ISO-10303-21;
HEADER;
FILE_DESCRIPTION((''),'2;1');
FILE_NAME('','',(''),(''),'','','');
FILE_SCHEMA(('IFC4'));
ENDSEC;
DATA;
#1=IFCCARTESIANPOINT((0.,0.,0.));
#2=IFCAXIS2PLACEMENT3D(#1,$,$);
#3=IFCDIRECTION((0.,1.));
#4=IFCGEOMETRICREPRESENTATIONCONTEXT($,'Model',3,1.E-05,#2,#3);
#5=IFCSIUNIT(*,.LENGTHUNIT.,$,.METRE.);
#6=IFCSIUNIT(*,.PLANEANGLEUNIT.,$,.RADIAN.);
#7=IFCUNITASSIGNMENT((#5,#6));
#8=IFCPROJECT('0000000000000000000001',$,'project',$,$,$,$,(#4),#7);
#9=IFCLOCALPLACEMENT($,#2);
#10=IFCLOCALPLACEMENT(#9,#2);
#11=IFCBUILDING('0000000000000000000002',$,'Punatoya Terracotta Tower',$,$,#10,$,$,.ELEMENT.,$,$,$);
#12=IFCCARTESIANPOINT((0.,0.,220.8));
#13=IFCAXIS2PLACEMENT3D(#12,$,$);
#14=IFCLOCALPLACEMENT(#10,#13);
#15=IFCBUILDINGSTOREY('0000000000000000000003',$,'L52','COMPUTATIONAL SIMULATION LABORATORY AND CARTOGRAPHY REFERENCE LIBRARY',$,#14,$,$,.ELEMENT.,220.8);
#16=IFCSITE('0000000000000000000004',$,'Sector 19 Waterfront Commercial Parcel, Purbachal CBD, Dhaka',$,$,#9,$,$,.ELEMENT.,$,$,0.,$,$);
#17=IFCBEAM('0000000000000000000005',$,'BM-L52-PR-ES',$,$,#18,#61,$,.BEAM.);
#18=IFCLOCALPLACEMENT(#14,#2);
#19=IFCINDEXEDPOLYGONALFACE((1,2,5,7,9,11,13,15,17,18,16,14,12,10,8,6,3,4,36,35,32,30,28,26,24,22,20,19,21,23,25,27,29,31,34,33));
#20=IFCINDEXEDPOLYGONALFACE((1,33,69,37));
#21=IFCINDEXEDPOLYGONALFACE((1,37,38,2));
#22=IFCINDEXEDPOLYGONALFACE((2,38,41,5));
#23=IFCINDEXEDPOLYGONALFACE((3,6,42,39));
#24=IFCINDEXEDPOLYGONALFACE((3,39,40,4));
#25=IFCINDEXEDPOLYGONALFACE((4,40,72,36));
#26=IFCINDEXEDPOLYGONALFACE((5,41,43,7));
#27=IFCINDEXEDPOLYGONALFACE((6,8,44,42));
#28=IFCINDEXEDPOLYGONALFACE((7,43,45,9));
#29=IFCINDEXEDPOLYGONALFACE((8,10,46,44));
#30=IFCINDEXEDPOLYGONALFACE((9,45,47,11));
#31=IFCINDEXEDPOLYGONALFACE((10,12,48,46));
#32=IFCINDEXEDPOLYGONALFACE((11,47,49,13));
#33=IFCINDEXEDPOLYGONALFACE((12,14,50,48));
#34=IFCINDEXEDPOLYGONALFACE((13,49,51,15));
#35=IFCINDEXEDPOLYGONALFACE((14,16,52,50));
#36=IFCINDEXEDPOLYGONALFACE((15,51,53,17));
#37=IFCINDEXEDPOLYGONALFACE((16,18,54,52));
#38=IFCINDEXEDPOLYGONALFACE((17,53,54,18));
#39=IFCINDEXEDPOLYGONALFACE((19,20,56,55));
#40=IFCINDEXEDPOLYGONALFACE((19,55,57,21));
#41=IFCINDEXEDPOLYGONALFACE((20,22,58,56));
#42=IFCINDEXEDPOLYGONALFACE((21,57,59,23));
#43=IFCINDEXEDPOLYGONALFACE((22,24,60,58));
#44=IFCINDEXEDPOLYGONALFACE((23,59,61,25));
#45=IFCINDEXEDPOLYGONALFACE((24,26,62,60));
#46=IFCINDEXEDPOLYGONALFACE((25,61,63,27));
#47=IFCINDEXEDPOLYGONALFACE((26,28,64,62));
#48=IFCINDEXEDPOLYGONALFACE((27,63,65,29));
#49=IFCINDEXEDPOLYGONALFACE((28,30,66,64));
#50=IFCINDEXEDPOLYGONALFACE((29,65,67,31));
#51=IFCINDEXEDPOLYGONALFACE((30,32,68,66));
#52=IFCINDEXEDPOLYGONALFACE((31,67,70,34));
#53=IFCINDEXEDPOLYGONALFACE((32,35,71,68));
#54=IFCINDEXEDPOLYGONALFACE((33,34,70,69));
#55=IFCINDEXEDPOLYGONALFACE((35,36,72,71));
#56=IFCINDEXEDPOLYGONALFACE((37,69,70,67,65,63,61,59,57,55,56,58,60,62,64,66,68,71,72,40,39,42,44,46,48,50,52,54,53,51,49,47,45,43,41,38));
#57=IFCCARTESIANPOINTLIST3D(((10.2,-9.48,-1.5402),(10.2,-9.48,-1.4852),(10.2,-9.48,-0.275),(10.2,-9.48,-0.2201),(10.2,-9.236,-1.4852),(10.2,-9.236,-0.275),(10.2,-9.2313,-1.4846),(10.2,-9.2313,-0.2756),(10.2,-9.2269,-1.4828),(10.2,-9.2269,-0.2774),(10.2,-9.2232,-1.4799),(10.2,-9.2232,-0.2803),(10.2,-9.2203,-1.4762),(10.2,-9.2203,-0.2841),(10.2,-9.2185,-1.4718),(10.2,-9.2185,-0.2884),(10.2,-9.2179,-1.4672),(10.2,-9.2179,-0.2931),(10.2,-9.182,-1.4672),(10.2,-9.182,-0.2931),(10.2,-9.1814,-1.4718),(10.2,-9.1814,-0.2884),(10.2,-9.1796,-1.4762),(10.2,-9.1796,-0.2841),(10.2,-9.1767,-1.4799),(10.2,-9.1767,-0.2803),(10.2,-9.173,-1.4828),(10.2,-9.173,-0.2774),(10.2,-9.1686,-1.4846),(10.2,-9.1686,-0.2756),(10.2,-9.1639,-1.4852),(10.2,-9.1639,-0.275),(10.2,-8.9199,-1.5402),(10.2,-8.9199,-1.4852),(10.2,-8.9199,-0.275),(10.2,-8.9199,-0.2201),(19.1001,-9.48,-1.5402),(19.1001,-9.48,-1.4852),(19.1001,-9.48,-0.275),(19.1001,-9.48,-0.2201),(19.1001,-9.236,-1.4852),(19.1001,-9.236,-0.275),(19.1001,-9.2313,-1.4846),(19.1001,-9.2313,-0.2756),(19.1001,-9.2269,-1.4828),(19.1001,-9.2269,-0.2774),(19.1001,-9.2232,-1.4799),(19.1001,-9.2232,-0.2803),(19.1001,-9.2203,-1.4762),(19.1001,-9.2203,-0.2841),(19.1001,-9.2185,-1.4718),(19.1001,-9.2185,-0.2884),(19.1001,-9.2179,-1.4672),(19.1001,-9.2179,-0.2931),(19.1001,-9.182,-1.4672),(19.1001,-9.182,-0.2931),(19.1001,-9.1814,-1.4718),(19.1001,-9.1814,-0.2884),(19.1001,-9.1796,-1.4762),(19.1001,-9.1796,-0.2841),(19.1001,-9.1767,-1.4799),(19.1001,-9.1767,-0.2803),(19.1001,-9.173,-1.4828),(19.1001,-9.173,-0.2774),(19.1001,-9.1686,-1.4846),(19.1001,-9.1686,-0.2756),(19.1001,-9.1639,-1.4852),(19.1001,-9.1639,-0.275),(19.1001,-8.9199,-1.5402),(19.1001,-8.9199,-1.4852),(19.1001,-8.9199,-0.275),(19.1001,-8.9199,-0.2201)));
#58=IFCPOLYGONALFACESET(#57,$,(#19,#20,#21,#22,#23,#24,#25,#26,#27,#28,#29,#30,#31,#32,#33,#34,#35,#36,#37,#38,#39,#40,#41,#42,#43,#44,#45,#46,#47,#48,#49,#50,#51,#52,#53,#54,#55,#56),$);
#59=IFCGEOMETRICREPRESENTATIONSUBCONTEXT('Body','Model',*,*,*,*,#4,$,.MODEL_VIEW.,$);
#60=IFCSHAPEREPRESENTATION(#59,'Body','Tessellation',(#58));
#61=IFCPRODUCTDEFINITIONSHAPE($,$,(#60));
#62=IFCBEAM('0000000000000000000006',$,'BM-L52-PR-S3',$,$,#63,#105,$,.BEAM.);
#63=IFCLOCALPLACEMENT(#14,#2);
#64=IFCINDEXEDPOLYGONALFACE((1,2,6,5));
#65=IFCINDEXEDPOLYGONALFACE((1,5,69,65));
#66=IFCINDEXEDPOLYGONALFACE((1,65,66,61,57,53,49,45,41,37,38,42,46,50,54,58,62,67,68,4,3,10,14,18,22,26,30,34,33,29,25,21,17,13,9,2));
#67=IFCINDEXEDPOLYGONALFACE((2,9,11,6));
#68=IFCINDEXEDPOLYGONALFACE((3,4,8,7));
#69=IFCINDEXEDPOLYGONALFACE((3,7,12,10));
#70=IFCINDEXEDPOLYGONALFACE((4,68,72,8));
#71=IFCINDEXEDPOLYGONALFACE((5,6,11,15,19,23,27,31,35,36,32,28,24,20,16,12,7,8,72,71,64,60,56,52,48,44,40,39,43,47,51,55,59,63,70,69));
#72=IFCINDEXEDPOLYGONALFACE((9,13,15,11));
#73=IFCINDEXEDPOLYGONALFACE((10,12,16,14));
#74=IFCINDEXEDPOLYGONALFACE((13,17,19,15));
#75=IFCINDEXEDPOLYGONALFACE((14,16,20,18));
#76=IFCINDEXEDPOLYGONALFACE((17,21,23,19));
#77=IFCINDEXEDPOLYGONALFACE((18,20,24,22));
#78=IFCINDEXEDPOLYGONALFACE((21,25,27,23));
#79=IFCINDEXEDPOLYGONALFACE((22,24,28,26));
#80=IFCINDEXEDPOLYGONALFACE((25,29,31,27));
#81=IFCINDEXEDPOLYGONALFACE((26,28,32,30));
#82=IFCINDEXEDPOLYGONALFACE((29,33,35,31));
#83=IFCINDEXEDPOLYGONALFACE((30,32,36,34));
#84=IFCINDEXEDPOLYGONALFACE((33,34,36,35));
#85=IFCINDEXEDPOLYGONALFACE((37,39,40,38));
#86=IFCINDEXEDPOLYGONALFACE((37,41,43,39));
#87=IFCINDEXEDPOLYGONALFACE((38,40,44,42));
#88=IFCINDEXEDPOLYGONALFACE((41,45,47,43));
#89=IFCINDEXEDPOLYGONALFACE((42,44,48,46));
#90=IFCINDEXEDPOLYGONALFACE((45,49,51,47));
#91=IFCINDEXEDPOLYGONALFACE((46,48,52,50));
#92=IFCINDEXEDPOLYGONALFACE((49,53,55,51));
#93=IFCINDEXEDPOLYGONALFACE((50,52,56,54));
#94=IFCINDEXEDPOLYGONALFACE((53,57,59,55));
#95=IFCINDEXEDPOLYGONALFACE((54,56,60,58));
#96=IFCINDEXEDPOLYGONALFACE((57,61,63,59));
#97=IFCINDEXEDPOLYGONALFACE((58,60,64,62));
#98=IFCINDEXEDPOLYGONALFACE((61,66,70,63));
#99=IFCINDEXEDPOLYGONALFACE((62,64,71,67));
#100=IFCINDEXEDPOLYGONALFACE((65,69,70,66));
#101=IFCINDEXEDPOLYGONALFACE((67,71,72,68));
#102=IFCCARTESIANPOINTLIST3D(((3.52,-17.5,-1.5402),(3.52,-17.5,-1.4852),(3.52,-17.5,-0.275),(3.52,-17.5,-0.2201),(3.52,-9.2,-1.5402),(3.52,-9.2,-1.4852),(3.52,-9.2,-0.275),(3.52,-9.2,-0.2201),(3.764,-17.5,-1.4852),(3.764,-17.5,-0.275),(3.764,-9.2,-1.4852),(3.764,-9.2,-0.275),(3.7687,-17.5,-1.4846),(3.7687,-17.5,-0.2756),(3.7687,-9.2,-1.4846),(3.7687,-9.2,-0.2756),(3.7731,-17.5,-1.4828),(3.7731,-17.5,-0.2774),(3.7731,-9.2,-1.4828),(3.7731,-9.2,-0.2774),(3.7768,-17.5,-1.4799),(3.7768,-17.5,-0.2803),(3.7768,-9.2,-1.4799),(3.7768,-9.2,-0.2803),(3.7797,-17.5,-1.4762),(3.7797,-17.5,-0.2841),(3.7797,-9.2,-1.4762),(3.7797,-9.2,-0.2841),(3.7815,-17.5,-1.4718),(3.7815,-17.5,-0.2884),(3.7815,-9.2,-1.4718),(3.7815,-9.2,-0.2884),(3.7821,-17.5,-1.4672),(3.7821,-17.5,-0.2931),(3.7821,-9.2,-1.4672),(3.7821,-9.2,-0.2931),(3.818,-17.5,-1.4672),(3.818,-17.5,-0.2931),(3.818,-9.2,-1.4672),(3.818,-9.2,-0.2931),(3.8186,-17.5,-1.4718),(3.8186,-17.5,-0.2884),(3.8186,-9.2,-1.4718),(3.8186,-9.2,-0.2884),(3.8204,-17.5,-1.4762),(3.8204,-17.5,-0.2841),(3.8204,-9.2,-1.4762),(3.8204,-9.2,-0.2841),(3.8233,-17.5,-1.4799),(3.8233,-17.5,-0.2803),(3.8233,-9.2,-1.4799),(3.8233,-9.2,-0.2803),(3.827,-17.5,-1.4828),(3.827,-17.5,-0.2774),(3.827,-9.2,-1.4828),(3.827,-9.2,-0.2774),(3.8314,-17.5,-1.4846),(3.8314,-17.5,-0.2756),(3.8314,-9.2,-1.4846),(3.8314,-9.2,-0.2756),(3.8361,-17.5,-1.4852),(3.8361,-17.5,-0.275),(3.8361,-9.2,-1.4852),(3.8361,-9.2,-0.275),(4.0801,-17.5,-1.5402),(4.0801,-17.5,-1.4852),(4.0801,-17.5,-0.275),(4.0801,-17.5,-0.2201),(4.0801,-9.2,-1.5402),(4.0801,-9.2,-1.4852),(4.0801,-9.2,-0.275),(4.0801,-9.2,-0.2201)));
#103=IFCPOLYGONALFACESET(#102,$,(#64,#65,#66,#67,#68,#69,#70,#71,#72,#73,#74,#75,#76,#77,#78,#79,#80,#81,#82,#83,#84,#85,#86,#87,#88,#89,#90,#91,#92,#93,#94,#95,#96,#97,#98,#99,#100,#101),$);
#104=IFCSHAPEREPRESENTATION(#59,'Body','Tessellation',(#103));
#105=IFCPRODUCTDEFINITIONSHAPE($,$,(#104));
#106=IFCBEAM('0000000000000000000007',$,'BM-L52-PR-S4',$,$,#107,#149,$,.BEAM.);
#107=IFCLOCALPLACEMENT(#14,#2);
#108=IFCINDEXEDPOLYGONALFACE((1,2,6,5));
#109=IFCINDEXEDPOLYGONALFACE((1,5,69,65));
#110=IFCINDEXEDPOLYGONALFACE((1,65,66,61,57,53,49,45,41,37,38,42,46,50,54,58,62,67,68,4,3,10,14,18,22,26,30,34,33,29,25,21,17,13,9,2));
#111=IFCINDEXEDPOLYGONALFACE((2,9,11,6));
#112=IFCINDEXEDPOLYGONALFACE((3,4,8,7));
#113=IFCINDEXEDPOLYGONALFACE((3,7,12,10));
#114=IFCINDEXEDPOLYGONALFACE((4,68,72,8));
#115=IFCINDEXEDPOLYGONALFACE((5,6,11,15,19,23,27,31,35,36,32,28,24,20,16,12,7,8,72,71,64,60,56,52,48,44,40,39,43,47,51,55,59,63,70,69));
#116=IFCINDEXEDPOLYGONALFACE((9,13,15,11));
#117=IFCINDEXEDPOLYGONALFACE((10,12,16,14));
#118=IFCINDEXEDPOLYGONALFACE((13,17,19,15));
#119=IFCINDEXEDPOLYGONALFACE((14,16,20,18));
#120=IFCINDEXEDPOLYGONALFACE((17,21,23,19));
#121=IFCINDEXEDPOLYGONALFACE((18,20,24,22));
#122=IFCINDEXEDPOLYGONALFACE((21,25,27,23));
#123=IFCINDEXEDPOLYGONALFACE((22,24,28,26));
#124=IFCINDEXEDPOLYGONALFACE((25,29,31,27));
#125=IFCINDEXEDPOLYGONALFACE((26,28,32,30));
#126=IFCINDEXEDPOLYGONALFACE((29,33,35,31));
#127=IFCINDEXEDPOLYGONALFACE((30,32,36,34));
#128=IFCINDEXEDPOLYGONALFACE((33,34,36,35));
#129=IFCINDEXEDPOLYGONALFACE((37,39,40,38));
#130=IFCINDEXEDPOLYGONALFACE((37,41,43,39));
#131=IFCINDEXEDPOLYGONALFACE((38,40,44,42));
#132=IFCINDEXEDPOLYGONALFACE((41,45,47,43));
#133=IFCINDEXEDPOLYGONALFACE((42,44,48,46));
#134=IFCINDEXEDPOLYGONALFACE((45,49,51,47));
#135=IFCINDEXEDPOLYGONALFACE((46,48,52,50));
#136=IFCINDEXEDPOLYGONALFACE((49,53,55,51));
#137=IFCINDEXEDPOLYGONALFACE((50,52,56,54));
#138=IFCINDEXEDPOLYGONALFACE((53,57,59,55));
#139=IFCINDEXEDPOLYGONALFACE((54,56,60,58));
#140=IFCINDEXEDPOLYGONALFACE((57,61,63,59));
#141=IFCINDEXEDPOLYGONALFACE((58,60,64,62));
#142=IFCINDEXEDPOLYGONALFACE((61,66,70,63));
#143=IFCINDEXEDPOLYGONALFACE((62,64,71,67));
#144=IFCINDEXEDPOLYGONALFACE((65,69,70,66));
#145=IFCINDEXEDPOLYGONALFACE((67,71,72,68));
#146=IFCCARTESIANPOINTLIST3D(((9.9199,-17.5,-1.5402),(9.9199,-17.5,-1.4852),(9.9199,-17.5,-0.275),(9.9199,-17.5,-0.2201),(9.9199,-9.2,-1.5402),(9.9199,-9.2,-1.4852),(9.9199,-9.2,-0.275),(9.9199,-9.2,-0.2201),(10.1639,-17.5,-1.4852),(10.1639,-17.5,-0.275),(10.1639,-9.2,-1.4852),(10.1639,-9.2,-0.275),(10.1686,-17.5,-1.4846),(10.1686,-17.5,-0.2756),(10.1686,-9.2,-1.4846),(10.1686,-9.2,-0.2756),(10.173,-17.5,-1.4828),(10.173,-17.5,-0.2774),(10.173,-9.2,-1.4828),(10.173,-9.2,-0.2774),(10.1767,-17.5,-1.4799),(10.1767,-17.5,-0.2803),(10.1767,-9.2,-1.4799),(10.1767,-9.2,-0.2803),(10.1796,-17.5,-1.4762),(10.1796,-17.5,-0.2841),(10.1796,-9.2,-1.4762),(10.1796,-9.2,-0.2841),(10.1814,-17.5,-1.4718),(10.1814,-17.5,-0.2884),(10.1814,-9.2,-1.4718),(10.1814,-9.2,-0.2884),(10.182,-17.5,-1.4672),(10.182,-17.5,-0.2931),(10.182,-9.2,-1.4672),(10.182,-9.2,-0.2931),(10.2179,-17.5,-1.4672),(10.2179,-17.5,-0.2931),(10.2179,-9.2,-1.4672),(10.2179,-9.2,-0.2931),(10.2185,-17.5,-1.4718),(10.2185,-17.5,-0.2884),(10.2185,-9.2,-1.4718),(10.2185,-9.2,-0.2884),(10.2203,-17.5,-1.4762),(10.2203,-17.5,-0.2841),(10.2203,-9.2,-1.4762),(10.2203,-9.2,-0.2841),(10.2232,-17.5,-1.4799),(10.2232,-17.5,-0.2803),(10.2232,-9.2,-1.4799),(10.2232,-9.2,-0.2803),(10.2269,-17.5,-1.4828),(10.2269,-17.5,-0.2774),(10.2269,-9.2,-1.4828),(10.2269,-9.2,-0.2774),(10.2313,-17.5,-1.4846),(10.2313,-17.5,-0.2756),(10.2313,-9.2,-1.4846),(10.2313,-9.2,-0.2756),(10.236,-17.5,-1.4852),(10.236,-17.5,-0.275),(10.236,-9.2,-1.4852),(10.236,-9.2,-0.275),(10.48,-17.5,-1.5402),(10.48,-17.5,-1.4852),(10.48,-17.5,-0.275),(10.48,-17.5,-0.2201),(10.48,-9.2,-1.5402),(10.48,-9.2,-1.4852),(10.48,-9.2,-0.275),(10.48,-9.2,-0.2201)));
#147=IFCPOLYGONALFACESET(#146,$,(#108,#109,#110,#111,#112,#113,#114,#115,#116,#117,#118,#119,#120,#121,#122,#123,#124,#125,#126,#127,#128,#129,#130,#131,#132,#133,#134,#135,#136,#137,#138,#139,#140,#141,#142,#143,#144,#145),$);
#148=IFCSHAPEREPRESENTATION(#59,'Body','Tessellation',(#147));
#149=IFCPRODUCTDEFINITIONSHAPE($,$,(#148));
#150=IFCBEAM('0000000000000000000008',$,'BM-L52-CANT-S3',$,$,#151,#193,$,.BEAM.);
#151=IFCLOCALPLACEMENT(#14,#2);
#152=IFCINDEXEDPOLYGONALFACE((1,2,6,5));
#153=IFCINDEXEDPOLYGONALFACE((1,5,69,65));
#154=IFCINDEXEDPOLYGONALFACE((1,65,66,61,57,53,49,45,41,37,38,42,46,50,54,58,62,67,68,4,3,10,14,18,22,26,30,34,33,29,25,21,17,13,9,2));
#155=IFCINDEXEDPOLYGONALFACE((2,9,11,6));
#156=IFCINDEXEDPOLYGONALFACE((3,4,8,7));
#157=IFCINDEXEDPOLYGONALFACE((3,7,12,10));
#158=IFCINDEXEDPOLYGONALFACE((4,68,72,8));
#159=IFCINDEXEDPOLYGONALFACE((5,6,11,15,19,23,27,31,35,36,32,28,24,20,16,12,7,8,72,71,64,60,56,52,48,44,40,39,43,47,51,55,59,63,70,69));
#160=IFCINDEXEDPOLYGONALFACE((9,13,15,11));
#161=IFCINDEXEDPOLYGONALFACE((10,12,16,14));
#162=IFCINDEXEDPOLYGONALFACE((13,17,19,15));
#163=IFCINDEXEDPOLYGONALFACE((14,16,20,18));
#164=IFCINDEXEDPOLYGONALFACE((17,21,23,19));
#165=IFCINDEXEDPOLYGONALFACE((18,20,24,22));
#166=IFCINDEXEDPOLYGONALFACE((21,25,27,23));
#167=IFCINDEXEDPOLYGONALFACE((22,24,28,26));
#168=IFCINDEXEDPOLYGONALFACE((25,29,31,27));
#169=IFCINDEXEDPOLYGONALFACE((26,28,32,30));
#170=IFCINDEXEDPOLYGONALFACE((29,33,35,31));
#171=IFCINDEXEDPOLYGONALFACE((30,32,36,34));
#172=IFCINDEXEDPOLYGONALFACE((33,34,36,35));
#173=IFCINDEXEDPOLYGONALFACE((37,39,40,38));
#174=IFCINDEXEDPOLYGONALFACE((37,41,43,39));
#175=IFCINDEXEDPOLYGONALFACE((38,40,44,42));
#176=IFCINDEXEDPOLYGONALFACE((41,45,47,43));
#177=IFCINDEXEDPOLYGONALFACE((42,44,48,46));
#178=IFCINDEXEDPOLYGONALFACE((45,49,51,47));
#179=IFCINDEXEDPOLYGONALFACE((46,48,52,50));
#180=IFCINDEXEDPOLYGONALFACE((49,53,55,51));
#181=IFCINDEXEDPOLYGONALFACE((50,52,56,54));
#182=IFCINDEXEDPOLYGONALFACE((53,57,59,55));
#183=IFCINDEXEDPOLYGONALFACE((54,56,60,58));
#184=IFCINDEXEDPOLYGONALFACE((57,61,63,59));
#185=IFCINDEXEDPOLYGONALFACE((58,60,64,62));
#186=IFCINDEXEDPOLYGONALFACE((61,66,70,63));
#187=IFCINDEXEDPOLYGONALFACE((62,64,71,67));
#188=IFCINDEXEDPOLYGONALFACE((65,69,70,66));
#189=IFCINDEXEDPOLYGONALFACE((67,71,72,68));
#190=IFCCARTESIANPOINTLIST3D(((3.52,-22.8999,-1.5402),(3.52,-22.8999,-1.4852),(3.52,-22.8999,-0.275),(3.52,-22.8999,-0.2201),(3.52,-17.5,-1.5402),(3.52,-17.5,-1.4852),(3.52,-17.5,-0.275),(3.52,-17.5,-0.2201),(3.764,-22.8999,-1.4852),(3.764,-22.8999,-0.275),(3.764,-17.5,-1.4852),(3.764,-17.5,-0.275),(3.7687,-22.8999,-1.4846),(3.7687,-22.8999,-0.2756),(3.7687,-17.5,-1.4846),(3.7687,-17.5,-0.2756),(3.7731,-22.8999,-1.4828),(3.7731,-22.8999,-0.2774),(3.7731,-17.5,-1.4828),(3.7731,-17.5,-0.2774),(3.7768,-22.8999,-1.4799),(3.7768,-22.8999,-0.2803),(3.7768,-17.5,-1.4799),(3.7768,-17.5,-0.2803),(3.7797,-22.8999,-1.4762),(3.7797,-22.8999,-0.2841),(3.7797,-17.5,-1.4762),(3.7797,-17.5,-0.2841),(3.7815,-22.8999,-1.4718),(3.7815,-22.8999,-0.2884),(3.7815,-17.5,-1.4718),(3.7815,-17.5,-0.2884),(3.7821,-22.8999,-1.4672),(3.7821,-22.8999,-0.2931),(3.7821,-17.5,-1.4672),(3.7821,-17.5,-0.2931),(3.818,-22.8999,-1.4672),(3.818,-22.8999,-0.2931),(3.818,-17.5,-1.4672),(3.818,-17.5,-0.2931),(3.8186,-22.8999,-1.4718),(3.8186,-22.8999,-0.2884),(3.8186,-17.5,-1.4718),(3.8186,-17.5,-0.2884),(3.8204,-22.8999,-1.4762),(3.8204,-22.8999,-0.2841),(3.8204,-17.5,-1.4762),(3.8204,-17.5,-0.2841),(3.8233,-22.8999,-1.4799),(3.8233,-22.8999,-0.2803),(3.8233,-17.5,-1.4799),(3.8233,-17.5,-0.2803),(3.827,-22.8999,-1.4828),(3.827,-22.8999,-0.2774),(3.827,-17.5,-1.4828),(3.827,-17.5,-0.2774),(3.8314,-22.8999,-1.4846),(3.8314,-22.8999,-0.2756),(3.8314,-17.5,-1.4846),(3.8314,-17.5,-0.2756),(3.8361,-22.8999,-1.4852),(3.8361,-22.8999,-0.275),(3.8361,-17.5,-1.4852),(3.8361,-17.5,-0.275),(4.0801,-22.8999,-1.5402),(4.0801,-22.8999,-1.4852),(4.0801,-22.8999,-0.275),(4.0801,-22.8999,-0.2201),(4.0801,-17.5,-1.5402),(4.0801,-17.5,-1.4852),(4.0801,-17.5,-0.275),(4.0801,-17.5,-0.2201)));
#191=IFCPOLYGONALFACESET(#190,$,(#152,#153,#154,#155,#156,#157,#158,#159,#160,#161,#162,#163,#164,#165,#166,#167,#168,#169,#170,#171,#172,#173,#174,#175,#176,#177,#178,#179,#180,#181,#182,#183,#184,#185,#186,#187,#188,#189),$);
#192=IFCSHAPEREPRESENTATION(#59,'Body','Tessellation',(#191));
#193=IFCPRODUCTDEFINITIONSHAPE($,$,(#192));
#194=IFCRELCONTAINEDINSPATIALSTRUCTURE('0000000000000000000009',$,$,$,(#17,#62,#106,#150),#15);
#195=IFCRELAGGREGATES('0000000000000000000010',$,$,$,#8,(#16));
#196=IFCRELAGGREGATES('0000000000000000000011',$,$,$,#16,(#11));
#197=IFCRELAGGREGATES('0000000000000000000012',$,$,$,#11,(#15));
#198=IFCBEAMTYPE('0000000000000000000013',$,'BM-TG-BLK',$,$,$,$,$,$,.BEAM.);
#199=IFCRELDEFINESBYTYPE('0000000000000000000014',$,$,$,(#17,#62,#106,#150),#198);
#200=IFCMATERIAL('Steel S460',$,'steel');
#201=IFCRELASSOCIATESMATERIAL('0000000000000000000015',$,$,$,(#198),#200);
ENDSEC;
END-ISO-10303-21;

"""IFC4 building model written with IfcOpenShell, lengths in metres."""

from ifc_helpers import new_model, si_unit, direction, frame, origin, origin_2d, place, context, subcontext, project, spatial, i_section, extrude, material, material_profile, profile_set, type_object, element, save


model = new_model("IFC4")

# Units and contexts
model_context = context("Model", 3, precision=1e-05, world=origin(), true_north=direction((0.0, 1.0)))
body_context = subcontext(model_context, "Body", "Model", "MODEL_VIEW")
ifc_project = project(units=[si_unit("LENGTHUNIT", "METRE"), si_unit("PLANEANGLEUNIT", "RADIAN")], contexts=[model_context])

# Site, building, storey
site_placement = place(None, origin())
site = spatial("IfcSite", under=ifc_project, at=site_placement, Name="Sector 19 Waterfront Commercial Parcel, Purbachal CBD, Dhaka", CompositionType="ELEMENT", RefElevation=0.0)
building_placement = place(site_placement, origin())
building = spatial("IfcBuilding", under=site, at=building_placement, Name="Punatoya Terracotta Tower", CompositionType="ELEMENT")
storey_placement = place(building_placement, frame((0.0, 0.0, 220.8)))
storey = spatial("IfcBuildingStorey", under=building, at=storey_placement, Name="L52", Description="COMPUTATIONAL SIMULATION LABORATORY AND CARTOGRAPHY REFERENCE LIBRARY", CompositionType="ELEMENT", Elevation=220.8)

# Shared definitions
ifc_material_1 = material(Name="Steel S460", Category="steel")

# Beams
ifc_material_profile_1 = material_profile(ifc_material_1, i_section(OverallWidth=0.5601, OverallDepth=1.3201, WebThickness=0.0359, FlangeThickness=0.0549, FilletRadius=0.0181, at=origin_2d()))
ifc_profile_set_1 = profile_set([ifc_material_profile_1], Name="Steel S460")
beam_type_1 = type_object("IfcBeamType", Name="BM-TG-BLK", PredefinedType="BEAM", material=ifc_profile_set_1)
beam_1_placement = place(storey_placement, frame((10.2, -9.2, -0.8801), z_axis=(1.0, 0.0, 0.0), x_axis=(0.0, 1.0, 0.0)))
element("IfcBeam", 1, at=beam_1_placement, inside=storey, type_object=beam_type_1, Name="BM-L52-PR-ES", PredefinedType="BEAM", context=body_context, shape_type="SweptSolid", body=[
    extrude(i_section(OverallWidth=0.5601, OverallDepth=1.3201, WebThickness=0.0359, FlangeThickness=0.0549, FilletRadius=0.0181, at=origin_2d()), origin(), (0.0, 0.0, 1.0), 8.9001),
])
for number, where, z_axis, x_axis, name in (
    (2, (3.8, -17.5, -0.8801), (0.0, 1.0, 0.0), (-1.0, 0.0, 0.0), "BM-L52-PR-S3"),
    (3, (10.2, -17.5, -0.8801), (0.0, 1.0, 0.0), (-1.0, 0.0, 0.0), "BM-L52-PR-S4"),
):
    element("IfcBeam", number, at=place(storey_placement, frame(where, z_axis=z_axis, x_axis=x_axis)), inside=storey, type_object=beam_type_1, Name=name, PredefinedType="BEAM", context=body_context, shape_type="SweptSolid", body=[
        extrude(i_section(OverallWidth=0.5601, OverallDepth=1.3201, WebThickness=0.0359, FlangeThickness=0.0549, FilletRadius=0.0181, at=origin_2d()), origin(), (0.0, 0.0, 1.0), 8.3),
    ])
beam_2_placement = place(storey_placement, frame((3.8, -22.8999, -0.8801), z_axis=(0.0, 1.0, 0.0), x_axis=(-1.0, 0.0, 0.0)))
element("IfcBeam", 4, at=beam_2_placement, inside=storey, type_object=beam_type_1, Name="BM-L52-CANT-S3", PredefinedType="BEAM", context=body_context, shape_type="SweptSolid", body=[
    extrude(i_section(OverallWidth=0.5601, OverallDepth=1.3201, WebThickness=0.0359, FlangeThickness=0.0549, FilletRadius=0.0181, at=origin_2d()), origin(), (0.0, 0.0, 1.0), 5.3999),
])

save(model, "model.ifc")
